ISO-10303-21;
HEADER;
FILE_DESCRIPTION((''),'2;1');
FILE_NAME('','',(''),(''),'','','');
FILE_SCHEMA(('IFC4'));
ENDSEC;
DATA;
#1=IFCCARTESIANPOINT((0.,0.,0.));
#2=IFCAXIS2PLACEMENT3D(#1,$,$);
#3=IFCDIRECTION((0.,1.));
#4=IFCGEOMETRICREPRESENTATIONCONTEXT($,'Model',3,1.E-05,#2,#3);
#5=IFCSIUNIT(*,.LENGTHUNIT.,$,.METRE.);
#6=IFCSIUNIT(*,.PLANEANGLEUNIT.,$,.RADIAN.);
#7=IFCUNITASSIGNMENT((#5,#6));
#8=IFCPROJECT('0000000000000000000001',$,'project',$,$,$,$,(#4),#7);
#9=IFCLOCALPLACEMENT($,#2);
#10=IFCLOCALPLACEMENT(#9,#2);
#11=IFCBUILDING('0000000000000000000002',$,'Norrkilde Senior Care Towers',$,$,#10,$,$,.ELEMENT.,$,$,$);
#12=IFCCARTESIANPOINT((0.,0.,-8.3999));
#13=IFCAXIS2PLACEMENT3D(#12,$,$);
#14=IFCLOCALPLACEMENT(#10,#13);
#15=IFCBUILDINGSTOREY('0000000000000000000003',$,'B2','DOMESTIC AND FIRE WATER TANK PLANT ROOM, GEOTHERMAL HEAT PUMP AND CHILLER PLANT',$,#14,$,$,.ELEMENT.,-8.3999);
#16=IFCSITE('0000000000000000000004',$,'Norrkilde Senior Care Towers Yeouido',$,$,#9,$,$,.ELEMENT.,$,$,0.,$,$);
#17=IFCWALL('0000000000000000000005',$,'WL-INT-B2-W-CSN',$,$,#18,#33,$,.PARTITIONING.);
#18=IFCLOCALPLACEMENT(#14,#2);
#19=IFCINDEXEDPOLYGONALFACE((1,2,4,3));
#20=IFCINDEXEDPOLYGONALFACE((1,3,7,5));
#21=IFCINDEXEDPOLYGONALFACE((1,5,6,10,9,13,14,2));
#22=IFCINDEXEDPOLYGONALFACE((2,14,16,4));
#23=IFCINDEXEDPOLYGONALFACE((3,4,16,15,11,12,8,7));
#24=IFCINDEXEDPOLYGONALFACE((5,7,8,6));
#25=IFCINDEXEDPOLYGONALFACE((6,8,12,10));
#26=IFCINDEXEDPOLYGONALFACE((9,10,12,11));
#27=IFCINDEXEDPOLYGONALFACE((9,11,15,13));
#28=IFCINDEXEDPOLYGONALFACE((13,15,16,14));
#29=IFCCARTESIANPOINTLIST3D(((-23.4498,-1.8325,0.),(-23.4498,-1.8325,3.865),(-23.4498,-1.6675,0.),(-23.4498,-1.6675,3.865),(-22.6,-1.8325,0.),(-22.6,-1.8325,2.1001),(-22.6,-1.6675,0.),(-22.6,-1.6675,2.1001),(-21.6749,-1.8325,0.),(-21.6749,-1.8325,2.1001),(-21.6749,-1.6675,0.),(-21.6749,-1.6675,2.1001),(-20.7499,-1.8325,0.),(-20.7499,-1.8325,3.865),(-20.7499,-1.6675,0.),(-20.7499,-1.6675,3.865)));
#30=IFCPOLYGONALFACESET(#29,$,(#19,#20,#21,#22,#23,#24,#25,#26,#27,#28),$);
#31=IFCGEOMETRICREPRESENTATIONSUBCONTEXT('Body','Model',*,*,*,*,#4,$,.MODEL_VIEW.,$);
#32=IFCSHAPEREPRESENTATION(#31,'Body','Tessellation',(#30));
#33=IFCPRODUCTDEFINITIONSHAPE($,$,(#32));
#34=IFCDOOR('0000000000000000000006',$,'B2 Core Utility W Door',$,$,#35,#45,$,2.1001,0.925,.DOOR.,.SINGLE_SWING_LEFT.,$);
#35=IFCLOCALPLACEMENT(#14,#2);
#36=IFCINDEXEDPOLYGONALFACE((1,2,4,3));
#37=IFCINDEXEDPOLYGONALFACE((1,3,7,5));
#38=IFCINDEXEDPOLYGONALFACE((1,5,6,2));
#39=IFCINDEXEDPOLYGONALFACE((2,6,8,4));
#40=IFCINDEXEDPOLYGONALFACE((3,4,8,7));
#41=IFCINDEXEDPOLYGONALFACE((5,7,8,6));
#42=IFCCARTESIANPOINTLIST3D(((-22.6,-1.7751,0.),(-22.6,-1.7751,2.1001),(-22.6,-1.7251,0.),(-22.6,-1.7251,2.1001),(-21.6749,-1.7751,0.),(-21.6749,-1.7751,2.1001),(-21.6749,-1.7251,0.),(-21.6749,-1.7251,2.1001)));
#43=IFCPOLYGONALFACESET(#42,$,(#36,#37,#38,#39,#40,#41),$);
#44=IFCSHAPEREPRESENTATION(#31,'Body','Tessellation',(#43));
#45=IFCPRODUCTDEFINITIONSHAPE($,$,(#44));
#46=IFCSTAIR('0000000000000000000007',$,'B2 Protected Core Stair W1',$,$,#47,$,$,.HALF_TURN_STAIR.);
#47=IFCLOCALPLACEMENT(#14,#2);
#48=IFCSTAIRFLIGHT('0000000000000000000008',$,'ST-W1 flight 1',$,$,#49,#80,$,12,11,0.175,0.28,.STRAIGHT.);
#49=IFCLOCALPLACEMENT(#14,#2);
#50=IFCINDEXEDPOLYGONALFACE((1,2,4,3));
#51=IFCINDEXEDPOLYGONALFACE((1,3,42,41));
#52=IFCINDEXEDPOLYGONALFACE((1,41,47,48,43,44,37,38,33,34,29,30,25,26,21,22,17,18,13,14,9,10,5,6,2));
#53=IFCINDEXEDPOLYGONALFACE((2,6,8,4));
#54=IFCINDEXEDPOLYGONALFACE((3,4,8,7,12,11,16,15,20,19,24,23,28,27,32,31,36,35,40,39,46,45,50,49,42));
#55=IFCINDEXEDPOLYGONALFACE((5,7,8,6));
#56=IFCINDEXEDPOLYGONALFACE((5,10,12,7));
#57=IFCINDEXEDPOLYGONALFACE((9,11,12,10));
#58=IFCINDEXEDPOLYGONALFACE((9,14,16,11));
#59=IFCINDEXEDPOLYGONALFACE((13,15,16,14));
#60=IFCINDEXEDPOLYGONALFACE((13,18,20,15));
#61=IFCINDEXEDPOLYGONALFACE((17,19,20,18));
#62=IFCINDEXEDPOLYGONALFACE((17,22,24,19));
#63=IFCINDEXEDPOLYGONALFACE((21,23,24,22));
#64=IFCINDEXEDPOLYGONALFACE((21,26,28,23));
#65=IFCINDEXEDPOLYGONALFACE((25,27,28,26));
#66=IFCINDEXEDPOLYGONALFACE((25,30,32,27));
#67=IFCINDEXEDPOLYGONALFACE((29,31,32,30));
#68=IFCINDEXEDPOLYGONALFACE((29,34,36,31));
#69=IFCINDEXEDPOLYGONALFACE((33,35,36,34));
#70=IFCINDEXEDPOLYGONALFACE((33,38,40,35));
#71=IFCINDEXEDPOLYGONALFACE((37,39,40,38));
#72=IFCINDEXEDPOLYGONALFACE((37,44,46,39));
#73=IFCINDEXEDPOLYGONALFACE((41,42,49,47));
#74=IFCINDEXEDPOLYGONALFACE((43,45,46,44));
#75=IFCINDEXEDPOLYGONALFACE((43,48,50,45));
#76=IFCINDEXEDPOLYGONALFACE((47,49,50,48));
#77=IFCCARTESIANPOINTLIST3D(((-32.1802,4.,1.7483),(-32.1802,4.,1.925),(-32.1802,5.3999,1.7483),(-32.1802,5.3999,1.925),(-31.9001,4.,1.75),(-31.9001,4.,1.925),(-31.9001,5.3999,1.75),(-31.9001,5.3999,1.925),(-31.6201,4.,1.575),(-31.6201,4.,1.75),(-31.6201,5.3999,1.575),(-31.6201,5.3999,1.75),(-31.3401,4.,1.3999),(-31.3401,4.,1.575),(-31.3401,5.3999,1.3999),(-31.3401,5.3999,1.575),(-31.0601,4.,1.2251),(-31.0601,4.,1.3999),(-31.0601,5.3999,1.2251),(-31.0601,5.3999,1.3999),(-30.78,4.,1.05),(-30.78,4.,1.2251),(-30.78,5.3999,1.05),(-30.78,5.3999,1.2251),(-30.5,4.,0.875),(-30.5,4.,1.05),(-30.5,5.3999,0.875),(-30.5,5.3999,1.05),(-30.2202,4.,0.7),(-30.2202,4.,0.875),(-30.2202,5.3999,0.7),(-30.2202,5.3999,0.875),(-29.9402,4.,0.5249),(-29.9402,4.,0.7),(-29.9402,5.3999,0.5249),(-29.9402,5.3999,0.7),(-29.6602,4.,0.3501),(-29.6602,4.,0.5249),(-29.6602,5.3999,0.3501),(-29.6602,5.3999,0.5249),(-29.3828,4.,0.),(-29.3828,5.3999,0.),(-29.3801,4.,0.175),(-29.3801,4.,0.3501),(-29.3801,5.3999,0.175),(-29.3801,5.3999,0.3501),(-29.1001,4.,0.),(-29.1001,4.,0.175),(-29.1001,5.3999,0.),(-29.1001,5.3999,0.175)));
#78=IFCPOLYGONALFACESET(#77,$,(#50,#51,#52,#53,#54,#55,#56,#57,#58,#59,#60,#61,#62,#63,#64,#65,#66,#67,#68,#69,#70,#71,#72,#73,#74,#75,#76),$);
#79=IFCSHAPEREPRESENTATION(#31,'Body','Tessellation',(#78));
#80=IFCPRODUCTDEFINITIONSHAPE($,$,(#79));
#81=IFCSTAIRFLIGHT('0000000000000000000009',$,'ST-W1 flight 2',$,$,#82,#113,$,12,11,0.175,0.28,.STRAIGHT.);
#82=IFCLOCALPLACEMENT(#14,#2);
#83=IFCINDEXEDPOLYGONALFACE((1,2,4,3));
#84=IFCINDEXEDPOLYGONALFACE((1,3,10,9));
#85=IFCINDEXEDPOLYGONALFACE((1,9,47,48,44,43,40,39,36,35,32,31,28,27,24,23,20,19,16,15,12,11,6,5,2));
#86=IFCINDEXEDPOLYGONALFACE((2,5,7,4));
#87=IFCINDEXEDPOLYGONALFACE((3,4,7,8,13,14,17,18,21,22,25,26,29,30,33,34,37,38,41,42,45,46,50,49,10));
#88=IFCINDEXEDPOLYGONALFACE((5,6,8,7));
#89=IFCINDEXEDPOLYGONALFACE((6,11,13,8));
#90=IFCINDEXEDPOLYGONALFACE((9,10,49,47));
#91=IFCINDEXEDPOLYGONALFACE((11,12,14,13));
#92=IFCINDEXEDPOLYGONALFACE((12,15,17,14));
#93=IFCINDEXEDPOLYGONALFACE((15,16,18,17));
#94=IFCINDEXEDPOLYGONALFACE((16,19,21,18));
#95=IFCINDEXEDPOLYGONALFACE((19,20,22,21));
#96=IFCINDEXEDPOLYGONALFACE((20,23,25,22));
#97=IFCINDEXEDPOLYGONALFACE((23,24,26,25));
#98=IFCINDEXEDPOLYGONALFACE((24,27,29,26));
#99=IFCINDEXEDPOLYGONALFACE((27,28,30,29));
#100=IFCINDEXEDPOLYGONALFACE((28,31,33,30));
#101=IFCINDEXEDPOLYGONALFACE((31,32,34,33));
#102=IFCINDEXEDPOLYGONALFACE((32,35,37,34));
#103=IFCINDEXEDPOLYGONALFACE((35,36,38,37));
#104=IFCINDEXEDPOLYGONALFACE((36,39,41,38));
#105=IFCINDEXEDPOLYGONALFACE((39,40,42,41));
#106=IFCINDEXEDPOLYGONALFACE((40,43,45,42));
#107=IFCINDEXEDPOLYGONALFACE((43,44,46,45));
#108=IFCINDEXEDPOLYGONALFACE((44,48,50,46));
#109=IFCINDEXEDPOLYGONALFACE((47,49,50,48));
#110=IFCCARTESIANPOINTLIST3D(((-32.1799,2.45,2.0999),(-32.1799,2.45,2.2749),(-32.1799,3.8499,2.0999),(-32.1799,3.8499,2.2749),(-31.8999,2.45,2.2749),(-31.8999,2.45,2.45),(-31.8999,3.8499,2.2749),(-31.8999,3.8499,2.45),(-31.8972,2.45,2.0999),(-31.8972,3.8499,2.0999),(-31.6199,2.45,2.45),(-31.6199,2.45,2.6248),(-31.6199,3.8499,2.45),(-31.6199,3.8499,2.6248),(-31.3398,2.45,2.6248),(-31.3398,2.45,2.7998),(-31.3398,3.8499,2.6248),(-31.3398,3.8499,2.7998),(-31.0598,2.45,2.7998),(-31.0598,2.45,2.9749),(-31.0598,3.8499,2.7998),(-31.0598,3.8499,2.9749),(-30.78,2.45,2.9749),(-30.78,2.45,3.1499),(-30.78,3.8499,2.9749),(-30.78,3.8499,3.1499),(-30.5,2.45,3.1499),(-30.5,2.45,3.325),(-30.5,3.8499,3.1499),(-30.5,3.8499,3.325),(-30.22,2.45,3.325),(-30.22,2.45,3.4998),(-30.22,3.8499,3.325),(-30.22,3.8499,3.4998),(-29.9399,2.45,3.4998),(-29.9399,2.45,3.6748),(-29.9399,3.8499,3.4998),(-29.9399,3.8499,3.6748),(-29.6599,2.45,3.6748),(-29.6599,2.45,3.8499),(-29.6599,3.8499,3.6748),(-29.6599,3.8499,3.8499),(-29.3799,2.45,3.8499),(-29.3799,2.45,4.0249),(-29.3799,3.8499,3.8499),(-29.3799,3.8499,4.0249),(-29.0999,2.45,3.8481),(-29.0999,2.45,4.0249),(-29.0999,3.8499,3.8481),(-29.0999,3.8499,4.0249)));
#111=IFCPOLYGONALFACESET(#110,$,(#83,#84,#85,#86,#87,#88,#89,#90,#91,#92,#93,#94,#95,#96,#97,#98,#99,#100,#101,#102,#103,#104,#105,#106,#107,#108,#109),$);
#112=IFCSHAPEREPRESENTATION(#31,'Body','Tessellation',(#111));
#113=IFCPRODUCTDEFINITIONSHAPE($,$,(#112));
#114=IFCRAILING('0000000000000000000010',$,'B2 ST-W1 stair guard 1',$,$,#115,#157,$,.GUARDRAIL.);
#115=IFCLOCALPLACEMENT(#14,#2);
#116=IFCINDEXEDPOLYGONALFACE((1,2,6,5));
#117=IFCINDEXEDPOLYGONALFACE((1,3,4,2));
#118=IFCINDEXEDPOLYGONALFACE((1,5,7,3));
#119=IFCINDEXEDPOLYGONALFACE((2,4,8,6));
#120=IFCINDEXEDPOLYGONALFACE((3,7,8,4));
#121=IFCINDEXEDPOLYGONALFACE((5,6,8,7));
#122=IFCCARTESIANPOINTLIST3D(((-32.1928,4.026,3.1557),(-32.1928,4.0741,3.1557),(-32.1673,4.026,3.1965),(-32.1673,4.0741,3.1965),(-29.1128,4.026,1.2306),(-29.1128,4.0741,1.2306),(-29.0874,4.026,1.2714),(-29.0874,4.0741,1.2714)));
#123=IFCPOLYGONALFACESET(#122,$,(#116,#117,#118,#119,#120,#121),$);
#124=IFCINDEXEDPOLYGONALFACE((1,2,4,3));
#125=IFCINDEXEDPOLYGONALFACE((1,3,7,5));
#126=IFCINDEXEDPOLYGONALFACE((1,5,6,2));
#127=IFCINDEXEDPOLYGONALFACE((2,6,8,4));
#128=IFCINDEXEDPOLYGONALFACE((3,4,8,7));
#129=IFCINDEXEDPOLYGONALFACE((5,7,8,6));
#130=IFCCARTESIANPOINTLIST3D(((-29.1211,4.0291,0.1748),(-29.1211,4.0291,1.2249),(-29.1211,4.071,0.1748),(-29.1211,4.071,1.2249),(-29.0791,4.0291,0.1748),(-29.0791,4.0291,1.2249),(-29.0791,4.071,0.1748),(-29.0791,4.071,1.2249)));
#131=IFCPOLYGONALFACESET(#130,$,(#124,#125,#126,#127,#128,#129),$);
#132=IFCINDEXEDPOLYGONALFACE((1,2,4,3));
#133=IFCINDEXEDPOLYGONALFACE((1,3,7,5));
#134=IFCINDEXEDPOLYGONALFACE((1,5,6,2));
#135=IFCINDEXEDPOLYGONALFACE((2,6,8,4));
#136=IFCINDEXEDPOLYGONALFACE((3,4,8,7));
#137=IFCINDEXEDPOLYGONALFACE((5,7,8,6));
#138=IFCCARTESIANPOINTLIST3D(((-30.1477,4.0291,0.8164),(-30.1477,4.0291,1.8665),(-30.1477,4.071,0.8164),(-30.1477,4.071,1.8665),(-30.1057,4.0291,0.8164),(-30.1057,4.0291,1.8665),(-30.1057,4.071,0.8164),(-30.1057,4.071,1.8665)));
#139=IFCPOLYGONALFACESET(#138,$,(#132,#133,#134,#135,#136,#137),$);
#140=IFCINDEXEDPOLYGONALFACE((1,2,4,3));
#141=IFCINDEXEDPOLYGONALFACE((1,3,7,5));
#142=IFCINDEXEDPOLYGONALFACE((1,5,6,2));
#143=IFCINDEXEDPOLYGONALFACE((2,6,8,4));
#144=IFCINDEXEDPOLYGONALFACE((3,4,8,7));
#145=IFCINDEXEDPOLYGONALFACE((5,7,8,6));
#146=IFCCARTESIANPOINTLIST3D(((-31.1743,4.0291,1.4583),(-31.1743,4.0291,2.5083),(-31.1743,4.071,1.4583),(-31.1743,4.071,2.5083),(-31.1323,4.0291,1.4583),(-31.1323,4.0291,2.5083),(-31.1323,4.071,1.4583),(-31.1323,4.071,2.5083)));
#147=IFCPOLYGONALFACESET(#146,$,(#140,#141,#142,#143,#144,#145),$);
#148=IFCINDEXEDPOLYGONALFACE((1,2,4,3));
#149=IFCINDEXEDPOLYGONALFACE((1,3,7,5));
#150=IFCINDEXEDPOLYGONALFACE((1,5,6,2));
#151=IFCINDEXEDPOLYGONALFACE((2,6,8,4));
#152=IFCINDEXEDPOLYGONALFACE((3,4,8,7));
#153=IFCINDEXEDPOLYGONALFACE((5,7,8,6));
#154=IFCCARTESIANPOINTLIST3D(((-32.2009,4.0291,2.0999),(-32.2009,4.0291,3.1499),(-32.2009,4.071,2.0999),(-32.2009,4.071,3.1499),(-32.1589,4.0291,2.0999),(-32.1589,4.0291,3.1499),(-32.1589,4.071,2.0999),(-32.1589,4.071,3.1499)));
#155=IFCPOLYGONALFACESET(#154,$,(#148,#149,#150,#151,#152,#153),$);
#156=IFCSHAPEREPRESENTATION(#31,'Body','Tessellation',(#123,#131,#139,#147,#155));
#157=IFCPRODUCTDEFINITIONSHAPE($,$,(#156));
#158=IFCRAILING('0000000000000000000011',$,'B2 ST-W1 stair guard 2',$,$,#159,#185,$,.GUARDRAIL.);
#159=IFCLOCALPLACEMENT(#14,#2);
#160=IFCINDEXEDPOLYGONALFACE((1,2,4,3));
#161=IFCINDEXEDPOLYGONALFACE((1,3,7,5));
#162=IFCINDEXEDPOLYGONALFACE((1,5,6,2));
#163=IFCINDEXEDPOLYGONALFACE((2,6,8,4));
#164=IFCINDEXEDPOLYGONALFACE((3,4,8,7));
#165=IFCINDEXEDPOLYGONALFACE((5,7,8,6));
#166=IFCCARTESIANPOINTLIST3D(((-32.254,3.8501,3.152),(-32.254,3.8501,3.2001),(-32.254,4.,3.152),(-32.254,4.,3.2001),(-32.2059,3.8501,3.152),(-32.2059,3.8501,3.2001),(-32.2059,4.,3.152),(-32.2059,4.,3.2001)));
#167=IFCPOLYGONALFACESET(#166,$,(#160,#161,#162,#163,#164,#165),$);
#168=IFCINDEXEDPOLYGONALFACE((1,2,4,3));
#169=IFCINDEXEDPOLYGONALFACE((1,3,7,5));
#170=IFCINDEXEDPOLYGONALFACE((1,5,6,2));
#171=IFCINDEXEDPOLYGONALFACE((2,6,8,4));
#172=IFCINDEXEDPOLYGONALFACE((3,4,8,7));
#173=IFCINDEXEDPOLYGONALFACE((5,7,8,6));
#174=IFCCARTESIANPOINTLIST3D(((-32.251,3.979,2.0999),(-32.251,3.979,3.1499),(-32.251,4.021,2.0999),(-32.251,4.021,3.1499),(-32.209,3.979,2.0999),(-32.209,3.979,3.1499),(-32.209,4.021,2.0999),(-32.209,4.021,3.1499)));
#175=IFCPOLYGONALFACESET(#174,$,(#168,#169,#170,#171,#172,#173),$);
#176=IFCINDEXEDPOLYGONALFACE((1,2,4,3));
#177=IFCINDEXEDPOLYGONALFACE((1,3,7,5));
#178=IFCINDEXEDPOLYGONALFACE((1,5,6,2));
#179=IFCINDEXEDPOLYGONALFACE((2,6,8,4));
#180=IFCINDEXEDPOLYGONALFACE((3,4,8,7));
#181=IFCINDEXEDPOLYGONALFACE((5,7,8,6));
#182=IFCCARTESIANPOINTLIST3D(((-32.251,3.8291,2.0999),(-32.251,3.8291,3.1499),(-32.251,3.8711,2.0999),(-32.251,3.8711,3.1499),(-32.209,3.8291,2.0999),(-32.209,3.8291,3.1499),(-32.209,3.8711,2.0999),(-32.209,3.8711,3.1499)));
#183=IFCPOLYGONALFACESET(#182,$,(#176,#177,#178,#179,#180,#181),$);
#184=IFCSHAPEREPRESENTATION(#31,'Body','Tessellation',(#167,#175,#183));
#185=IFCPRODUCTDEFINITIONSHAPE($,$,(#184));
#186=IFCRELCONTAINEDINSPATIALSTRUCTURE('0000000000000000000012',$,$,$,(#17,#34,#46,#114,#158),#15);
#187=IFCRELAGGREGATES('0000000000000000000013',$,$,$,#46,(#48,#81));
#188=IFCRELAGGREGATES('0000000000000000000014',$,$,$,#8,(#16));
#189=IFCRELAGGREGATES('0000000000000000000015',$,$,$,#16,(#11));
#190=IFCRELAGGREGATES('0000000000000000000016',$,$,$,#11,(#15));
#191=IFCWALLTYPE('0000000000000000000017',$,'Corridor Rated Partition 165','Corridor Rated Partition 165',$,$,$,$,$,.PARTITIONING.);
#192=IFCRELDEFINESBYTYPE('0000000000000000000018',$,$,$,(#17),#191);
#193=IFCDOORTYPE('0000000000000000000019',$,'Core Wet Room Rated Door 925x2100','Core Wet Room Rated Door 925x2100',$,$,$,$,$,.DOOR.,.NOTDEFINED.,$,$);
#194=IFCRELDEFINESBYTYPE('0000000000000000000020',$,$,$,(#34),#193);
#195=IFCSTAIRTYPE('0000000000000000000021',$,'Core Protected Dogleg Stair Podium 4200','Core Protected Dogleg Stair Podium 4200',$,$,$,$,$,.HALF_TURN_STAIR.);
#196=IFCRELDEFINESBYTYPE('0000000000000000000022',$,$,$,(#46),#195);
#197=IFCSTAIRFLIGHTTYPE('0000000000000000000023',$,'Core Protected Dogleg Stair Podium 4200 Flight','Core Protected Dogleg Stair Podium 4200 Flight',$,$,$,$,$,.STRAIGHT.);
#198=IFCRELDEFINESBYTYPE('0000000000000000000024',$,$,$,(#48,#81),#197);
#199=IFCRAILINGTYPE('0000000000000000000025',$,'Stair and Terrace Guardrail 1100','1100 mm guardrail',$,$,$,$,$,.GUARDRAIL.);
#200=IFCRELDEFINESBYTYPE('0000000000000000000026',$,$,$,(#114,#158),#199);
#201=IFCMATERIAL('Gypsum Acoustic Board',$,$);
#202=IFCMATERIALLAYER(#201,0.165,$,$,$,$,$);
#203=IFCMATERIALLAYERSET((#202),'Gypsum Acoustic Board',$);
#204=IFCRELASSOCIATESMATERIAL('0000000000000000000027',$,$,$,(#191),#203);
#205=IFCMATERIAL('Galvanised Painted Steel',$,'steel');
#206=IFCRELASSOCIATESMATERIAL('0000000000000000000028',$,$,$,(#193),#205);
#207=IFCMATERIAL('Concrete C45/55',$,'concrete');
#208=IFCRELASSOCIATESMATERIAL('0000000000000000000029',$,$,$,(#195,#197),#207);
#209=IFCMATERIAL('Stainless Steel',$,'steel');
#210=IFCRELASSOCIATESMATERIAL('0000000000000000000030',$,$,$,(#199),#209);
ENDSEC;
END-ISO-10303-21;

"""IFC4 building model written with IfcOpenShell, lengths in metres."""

from ifc_helpers import new_model, si_unit, direction, frame, frame_2d, origin, origin_2d, place, context, subcontext, project, spatial, polyline, rectangle, outline, extrude, source, transform, mapped, material, layer, layer_set, type_object, type_shapes, element, fill, aggregate, save


model = new_model("IFC4")

# Units and contexts
model_context = context("Model", 3, precision=1e-05, world=origin(), true_north=direction((0.0, 1.0)))
body_context = subcontext(model_context, "Body", "Model", "MODEL_VIEW")
ifc_project = project(units=[si_unit("LENGTHUNIT", "METRE"), si_unit("PLANEANGLEUNIT", "RADIAN")], contexts=[model_context])

# Site, building, storey
site_placement = place(None, origin())
site = spatial("IfcSite", under=ifc_project, at=site_placement, Name="Norrkilde Senior Care Towers Yeouido", CompositionType="ELEMENT", RefElevation=0.0)
building_placement = place(site_placement, origin())
building = spatial("IfcBuilding", under=site, at=building_placement, Name="Norrkilde Senior Care Towers", CompositionType="ELEMENT")
storey_placement = place(building_placement, frame((0.0, 0.0, -8.3999)))
storey = spatial("IfcBuildingStorey", under=building, at=storey_placement, Name="B2", Description="DOMESTIC AND FIRE WATER TANK PLANT ROOM, GEOTHERMAL HEAT PUMP AND CHILLER PLANT", CompositionType="ELEMENT", Elevation=-8.3999)

# Shared definitions
ifc_material_1 = material(Name="Concrete C45/55", Category="concrete")

# Shared definitions
ifc_material_2 = material(Name="Galvanised Painted Steel", Category="steel")

# Shared definitions
ifc_material_3 = material(Name="Stainless Steel", Category="steel")

# Shared definitions
ifc_material_4 = material(Name="Gypsum Acoustic Board")

# Wall, opening, door
ifc_layer_1 = layer(ifc_material_4, 0.165)
ifc_layer_set_1 = layer_set([ifc_layer_1], Name="Gypsum Acoustic Board")
wall_type_1 = type_object("IfcWallType", Name="Corridor Rated Partition 165", Description="Corridor Rated Partition 165", PredefinedType="PARTITIONING", material=ifc_layer_set_1)
shared_shape_1 = source(origin(), body_context, "Body", "SweptSolid", [
    extrude(rectangle(XDim=2.7, YDim=0.165, at=frame_2d((1.3501, 0.0))), origin(), (0.0, 0.0, 1.0), 3.865),
])
type_shapes(wall_type_1, [shared_shape_1])
wall_1_placement = place(storey_placement, frame((-23.45, -1.75, 0.0), z_axis=(0.0, 0.0, 1.0), x_axis=(1.0, 0.0, 0.0)))
wall_1 = element("IfcWall", 1, at=wall_1_placement, inside=storey, type_object=wall_type_1, Name="WL-INT-B2-W-CSN", PredefinedType="PARTITIONING", context=body_context, shape_type="MappedRepresentation", body=[
    mapped(shared_shape_1, transform((0.0, 0.0, 0.0), x_axis=(1.0, 0.0, 0.0), y_axis=(0.0, 1.0, 0.0), z_axis=(0.0, 0.0, 1.0), scale=1.0)),
])
opening_1_placement = place(wall_1_placement, frame((0.8501, 0.0, 0.0)))
opening_1 = element("IfcOpeningElement", 2, at=opening_1_placement, cuts=wall_1, PredefinedType="OPENING", context=body_context, shape_type="SweptSolid", body=[
    extrude(rectangle(XDim=0.925, YDim=2.1001, at=frame_2d((0.4624, 1.05))), frame((0.0, 0.0925, 0.0), z_axis=(0.0, -1.0, 0.0), x_axis=(1.0, 0.0, 0.0)), (0.0, 0.0, 1.0), 0.1851),
])
door_type_1 = type_object("IfcDoorType", Name="Core Wet Room Rated Door 925x2100", Description="Core Wet Room Rated Door 925x2100", OperationType="NOTDEFINED", PredefinedType="DOOR", material=ifc_material_2)
shared_shape_2 = source(origin(), body_context, "Body", "SweptSolid", [
    extrude(rectangle(XDim=0.925, YDim=2.1001, at=frame_2d((0.4624, 1.05))), frame((0.0, 0.0249, 0.0), z_axis=(0.0, -1.0, 0.0), x_axis=(1.0, 0.0, 0.0)), (0.0, 0.0, 1.0), 0.05),
])
type_shapes(door_type_1, [shared_shape_2])
door_1_placement = place(opening_1_placement, origin())
door_1 = element("IfcDoor", 3, at=door_1_placement, inside=storey, type_object=door_type_1, Name="B2 Core Utility W Door", OperationType="SINGLE_SWING_LEFT", OverallHeight=2.1001, OverallWidth=0.925, PredefinedType="DOOR", context=body_context, shape_type="MappedRepresentation", body=[
    mapped(shared_shape_2, transform((0.0, 0.0, 0.0), x_axis=(1.0, 0.0, 0.0), y_axis=(0.0, 1.0, 0.0), z_axis=(0.0, 0.0, 1.0), scale=1.0)),
])
fill(opening_1, door_1)

# Stair, stair flights
stair_type = type_object("IfcStairType", Name="Core Protected Dogleg Stair Podium 4200", Description="Core Protected Dogleg Stair Podium 4200", PredefinedType="HALF_TURN_STAIR", material=ifc_material_1)
stair_placement = place(storey_placement, origin())
stair = element("IfcStair", 4, at=stair_placement, inside=storey, type_object=stair_type, Name="B2 Protected Core Stair W1", PredefinedType="HALF_TURN_STAIR")
stair_flight_type = type_object("IfcStairFlightType", Name="Core Protected Dogleg Stair Podium 4200 Flight", Description="Core Protected Dogleg Stair Podium 4200 Flight", PredefinedType="STRAIGHT", material=ifc_material_1)
stair_flight_1_placement = place(storey_placement, frame((-29.1001, 4.7, 0.0), z_axis=(0.0, 0.0, 1.0), x_axis=(-1.0, 0.0, 0.0)))
stair_flight_1 = element("IfcStairFlight", 5, at=stair_flight_1_placement, type_object=stair_flight_type, Name="ST-W1 flight 1", NumberOfRisers=12, NumberOfTreads=11, PredefinedType="STRAIGHT", RiserHeight=0.175, TreadLength=0.28, context=body_context, shape_type="SweptSolid", body=[
    extrude(outline(polyline([(0.0, 0.0), (0.0, 0.175), (0.28, 0.175), (0.28, 0.3501), (0.5601, 0.3501), (0.5601, 0.5249), (0.8401, 0.5249), (0.8401, 0.7), (1.1201, 0.7), (1.1201, 0.875), (1.3999, 0.875), (1.3999, 1.05), (1.6799, 1.05), (1.6799, 1.2251), (1.96, 1.2251), (1.96, 1.3999), (2.24, 1.3999), (2.24, 1.575), (2.52, 1.575), (2.52, 1.75), (2.8, 1.75), (2.8, 1.925), (3.0801, 1.925), (3.0801, 2.1001), (3.0801, 1.7483), (0.2827, 0.0), (0.0, 0.0)])), frame((0.0, 0.7, 0.0), z_axis=(0.0, -1.0, 0.0), x_axis=(1.0, 0.0, 0.0)), (0.0, 0.0, 1.0), 1.3999),
])
stair_flight_2_placement = place(storey_placement, frame((-32.1799, 3.1499, 2.0999), z_axis=(0.0, 0.0, 1.0), x_axis=(1.0, 0.0, 0.0)))
stair_flight_2 = element("IfcStairFlight", 6, at=stair_flight_2_placement, type_object=stair_flight_type, Name="ST-W1 flight 2", NumberOfRisers=12, NumberOfTreads=11, PredefinedType="STRAIGHT", RiserHeight=0.175, TreadLength=0.28, context=body_context, shape_type="SweptSolid", body=[
    extrude(outline(polyline([(0.0, 0.0), (0.0, 0.175), (0.28, 0.175), (0.28, 0.3501), (0.5601, 0.3501), (0.5601, 0.5249), (0.8401, 0.5249), (0.8401, 0.7), (1.1201, 0.7), (1.1201, 0.875), (1.3999, 0.875), (1.3999, 1.05), (1.6799, 1.05), (1.6799, 1.2251), (1.96, 1.2251), (1.96, 1.3999), (2.24, 1.3999), (2.24, 1.575), (2.52, 1.575), (2.52, 1.75), (2.8, 1.75), (2.8, 1.925), (3.0801, 1.925), (3.0801, 2.1001), (3.0801, 1.7483), (0.2827, 0.0), (0.0, 0.0)])), frame((0.0, 0.7, 0.0), z_axis=(0.0, -1.0, 0.0), x_axis=(1.0, 0.0, 0.0)), (0.0, 0.0, 1.0), 1.3999),
])
aggregate(stair, [stair_flight_1, stair_flight_2])

# Railings
railing_type_1 = type_object("IfcRailingType", Name="Stair and Terrace Guardrail 1100", Description="1100 mm guardrail", PredefinedType="GUARDRAIL", material=ifc_material_3)
railing_1_placement = place(storey_placement, frame((-29.1001, 4.05, 0.1748)))
element("IfcRailing", 7, at=railing_1_placement, inside=storey, type_object=railing_type_1, Name="B2 ST-W1 stair guard 1", PredefinedType="GUARDRAIL", context=body_context, shape_type="SweptSolid", body=[
    extrude(rectangle(XDim=0.0481, YDim=0.0481, at=origin_2d()), frame((0.0, 0.0, 1.0762), z_axis=(-0.847979, 0.0, 0.530029), x_axis=(0.0, -1.0, 0.0)), (0.0, 0.0, 1.0), 3.6321),
    extrude(rectangle(XDim=0.042, YDim=0.042, at=origin_2d()), origin(), (0.0, 0.0, 1.0), 1.05),
    extrude(rectangle(XDim=0.042, YDim=0.042, at=origin_2d()), frame((-1.0266, 0.0, 0.6416)), (0.0, 0.0, 1.0), 1.05),
    extrude(rectangle(XDim=0.042, YDim=0.042, at=origin_2d()), frame((-2.0532, 0.0, 1.2834)), (0.0, 0.0, 1.0), 1.05),
    extrude(rectangle(XDim=0.042, YDim=0.042, at=origin_2d()), frame((-3.0798, 0.0, 1.925)), (0.0, 0.0, 1.0), 1.05),
])
railing_2_placement = place(storey_placement, frame((-32.23, 4.0, 2.0999)))
element("IfcRailing", 8, at=railing_2_placement, inside=storey, type_object=railing_type_1, Name="B2 ST-W1 stair guard 2", PredefinedType="GUARDRAIL", context=body_context, shape_type="SweptSolid", body=[
    extrude(rectangle(XDim=0.0481, YDim=0.0481, at=origin_2d()), frame((0.0, 0.0, 1.0762), z_axis=(0.0, -1.0, 0.0), x_axis=(1.0, 0.0, 0.0)), (0.0, 0.0, 1.0), 0.1499),
    extrude(rectangle(XDim=0.042, YDim=0.042, at=origin_2d()), origin(), (0.0, 0.0, 1.0), 1.05),
    extrude(rectangle(XDim=0.042, YDim=0.042, at=origin_2d()), frame((0.0, -0.1499, 0.0)), (0.0, 0.0, 1.0), 1.05),
])

save(model, "model.ifc")
